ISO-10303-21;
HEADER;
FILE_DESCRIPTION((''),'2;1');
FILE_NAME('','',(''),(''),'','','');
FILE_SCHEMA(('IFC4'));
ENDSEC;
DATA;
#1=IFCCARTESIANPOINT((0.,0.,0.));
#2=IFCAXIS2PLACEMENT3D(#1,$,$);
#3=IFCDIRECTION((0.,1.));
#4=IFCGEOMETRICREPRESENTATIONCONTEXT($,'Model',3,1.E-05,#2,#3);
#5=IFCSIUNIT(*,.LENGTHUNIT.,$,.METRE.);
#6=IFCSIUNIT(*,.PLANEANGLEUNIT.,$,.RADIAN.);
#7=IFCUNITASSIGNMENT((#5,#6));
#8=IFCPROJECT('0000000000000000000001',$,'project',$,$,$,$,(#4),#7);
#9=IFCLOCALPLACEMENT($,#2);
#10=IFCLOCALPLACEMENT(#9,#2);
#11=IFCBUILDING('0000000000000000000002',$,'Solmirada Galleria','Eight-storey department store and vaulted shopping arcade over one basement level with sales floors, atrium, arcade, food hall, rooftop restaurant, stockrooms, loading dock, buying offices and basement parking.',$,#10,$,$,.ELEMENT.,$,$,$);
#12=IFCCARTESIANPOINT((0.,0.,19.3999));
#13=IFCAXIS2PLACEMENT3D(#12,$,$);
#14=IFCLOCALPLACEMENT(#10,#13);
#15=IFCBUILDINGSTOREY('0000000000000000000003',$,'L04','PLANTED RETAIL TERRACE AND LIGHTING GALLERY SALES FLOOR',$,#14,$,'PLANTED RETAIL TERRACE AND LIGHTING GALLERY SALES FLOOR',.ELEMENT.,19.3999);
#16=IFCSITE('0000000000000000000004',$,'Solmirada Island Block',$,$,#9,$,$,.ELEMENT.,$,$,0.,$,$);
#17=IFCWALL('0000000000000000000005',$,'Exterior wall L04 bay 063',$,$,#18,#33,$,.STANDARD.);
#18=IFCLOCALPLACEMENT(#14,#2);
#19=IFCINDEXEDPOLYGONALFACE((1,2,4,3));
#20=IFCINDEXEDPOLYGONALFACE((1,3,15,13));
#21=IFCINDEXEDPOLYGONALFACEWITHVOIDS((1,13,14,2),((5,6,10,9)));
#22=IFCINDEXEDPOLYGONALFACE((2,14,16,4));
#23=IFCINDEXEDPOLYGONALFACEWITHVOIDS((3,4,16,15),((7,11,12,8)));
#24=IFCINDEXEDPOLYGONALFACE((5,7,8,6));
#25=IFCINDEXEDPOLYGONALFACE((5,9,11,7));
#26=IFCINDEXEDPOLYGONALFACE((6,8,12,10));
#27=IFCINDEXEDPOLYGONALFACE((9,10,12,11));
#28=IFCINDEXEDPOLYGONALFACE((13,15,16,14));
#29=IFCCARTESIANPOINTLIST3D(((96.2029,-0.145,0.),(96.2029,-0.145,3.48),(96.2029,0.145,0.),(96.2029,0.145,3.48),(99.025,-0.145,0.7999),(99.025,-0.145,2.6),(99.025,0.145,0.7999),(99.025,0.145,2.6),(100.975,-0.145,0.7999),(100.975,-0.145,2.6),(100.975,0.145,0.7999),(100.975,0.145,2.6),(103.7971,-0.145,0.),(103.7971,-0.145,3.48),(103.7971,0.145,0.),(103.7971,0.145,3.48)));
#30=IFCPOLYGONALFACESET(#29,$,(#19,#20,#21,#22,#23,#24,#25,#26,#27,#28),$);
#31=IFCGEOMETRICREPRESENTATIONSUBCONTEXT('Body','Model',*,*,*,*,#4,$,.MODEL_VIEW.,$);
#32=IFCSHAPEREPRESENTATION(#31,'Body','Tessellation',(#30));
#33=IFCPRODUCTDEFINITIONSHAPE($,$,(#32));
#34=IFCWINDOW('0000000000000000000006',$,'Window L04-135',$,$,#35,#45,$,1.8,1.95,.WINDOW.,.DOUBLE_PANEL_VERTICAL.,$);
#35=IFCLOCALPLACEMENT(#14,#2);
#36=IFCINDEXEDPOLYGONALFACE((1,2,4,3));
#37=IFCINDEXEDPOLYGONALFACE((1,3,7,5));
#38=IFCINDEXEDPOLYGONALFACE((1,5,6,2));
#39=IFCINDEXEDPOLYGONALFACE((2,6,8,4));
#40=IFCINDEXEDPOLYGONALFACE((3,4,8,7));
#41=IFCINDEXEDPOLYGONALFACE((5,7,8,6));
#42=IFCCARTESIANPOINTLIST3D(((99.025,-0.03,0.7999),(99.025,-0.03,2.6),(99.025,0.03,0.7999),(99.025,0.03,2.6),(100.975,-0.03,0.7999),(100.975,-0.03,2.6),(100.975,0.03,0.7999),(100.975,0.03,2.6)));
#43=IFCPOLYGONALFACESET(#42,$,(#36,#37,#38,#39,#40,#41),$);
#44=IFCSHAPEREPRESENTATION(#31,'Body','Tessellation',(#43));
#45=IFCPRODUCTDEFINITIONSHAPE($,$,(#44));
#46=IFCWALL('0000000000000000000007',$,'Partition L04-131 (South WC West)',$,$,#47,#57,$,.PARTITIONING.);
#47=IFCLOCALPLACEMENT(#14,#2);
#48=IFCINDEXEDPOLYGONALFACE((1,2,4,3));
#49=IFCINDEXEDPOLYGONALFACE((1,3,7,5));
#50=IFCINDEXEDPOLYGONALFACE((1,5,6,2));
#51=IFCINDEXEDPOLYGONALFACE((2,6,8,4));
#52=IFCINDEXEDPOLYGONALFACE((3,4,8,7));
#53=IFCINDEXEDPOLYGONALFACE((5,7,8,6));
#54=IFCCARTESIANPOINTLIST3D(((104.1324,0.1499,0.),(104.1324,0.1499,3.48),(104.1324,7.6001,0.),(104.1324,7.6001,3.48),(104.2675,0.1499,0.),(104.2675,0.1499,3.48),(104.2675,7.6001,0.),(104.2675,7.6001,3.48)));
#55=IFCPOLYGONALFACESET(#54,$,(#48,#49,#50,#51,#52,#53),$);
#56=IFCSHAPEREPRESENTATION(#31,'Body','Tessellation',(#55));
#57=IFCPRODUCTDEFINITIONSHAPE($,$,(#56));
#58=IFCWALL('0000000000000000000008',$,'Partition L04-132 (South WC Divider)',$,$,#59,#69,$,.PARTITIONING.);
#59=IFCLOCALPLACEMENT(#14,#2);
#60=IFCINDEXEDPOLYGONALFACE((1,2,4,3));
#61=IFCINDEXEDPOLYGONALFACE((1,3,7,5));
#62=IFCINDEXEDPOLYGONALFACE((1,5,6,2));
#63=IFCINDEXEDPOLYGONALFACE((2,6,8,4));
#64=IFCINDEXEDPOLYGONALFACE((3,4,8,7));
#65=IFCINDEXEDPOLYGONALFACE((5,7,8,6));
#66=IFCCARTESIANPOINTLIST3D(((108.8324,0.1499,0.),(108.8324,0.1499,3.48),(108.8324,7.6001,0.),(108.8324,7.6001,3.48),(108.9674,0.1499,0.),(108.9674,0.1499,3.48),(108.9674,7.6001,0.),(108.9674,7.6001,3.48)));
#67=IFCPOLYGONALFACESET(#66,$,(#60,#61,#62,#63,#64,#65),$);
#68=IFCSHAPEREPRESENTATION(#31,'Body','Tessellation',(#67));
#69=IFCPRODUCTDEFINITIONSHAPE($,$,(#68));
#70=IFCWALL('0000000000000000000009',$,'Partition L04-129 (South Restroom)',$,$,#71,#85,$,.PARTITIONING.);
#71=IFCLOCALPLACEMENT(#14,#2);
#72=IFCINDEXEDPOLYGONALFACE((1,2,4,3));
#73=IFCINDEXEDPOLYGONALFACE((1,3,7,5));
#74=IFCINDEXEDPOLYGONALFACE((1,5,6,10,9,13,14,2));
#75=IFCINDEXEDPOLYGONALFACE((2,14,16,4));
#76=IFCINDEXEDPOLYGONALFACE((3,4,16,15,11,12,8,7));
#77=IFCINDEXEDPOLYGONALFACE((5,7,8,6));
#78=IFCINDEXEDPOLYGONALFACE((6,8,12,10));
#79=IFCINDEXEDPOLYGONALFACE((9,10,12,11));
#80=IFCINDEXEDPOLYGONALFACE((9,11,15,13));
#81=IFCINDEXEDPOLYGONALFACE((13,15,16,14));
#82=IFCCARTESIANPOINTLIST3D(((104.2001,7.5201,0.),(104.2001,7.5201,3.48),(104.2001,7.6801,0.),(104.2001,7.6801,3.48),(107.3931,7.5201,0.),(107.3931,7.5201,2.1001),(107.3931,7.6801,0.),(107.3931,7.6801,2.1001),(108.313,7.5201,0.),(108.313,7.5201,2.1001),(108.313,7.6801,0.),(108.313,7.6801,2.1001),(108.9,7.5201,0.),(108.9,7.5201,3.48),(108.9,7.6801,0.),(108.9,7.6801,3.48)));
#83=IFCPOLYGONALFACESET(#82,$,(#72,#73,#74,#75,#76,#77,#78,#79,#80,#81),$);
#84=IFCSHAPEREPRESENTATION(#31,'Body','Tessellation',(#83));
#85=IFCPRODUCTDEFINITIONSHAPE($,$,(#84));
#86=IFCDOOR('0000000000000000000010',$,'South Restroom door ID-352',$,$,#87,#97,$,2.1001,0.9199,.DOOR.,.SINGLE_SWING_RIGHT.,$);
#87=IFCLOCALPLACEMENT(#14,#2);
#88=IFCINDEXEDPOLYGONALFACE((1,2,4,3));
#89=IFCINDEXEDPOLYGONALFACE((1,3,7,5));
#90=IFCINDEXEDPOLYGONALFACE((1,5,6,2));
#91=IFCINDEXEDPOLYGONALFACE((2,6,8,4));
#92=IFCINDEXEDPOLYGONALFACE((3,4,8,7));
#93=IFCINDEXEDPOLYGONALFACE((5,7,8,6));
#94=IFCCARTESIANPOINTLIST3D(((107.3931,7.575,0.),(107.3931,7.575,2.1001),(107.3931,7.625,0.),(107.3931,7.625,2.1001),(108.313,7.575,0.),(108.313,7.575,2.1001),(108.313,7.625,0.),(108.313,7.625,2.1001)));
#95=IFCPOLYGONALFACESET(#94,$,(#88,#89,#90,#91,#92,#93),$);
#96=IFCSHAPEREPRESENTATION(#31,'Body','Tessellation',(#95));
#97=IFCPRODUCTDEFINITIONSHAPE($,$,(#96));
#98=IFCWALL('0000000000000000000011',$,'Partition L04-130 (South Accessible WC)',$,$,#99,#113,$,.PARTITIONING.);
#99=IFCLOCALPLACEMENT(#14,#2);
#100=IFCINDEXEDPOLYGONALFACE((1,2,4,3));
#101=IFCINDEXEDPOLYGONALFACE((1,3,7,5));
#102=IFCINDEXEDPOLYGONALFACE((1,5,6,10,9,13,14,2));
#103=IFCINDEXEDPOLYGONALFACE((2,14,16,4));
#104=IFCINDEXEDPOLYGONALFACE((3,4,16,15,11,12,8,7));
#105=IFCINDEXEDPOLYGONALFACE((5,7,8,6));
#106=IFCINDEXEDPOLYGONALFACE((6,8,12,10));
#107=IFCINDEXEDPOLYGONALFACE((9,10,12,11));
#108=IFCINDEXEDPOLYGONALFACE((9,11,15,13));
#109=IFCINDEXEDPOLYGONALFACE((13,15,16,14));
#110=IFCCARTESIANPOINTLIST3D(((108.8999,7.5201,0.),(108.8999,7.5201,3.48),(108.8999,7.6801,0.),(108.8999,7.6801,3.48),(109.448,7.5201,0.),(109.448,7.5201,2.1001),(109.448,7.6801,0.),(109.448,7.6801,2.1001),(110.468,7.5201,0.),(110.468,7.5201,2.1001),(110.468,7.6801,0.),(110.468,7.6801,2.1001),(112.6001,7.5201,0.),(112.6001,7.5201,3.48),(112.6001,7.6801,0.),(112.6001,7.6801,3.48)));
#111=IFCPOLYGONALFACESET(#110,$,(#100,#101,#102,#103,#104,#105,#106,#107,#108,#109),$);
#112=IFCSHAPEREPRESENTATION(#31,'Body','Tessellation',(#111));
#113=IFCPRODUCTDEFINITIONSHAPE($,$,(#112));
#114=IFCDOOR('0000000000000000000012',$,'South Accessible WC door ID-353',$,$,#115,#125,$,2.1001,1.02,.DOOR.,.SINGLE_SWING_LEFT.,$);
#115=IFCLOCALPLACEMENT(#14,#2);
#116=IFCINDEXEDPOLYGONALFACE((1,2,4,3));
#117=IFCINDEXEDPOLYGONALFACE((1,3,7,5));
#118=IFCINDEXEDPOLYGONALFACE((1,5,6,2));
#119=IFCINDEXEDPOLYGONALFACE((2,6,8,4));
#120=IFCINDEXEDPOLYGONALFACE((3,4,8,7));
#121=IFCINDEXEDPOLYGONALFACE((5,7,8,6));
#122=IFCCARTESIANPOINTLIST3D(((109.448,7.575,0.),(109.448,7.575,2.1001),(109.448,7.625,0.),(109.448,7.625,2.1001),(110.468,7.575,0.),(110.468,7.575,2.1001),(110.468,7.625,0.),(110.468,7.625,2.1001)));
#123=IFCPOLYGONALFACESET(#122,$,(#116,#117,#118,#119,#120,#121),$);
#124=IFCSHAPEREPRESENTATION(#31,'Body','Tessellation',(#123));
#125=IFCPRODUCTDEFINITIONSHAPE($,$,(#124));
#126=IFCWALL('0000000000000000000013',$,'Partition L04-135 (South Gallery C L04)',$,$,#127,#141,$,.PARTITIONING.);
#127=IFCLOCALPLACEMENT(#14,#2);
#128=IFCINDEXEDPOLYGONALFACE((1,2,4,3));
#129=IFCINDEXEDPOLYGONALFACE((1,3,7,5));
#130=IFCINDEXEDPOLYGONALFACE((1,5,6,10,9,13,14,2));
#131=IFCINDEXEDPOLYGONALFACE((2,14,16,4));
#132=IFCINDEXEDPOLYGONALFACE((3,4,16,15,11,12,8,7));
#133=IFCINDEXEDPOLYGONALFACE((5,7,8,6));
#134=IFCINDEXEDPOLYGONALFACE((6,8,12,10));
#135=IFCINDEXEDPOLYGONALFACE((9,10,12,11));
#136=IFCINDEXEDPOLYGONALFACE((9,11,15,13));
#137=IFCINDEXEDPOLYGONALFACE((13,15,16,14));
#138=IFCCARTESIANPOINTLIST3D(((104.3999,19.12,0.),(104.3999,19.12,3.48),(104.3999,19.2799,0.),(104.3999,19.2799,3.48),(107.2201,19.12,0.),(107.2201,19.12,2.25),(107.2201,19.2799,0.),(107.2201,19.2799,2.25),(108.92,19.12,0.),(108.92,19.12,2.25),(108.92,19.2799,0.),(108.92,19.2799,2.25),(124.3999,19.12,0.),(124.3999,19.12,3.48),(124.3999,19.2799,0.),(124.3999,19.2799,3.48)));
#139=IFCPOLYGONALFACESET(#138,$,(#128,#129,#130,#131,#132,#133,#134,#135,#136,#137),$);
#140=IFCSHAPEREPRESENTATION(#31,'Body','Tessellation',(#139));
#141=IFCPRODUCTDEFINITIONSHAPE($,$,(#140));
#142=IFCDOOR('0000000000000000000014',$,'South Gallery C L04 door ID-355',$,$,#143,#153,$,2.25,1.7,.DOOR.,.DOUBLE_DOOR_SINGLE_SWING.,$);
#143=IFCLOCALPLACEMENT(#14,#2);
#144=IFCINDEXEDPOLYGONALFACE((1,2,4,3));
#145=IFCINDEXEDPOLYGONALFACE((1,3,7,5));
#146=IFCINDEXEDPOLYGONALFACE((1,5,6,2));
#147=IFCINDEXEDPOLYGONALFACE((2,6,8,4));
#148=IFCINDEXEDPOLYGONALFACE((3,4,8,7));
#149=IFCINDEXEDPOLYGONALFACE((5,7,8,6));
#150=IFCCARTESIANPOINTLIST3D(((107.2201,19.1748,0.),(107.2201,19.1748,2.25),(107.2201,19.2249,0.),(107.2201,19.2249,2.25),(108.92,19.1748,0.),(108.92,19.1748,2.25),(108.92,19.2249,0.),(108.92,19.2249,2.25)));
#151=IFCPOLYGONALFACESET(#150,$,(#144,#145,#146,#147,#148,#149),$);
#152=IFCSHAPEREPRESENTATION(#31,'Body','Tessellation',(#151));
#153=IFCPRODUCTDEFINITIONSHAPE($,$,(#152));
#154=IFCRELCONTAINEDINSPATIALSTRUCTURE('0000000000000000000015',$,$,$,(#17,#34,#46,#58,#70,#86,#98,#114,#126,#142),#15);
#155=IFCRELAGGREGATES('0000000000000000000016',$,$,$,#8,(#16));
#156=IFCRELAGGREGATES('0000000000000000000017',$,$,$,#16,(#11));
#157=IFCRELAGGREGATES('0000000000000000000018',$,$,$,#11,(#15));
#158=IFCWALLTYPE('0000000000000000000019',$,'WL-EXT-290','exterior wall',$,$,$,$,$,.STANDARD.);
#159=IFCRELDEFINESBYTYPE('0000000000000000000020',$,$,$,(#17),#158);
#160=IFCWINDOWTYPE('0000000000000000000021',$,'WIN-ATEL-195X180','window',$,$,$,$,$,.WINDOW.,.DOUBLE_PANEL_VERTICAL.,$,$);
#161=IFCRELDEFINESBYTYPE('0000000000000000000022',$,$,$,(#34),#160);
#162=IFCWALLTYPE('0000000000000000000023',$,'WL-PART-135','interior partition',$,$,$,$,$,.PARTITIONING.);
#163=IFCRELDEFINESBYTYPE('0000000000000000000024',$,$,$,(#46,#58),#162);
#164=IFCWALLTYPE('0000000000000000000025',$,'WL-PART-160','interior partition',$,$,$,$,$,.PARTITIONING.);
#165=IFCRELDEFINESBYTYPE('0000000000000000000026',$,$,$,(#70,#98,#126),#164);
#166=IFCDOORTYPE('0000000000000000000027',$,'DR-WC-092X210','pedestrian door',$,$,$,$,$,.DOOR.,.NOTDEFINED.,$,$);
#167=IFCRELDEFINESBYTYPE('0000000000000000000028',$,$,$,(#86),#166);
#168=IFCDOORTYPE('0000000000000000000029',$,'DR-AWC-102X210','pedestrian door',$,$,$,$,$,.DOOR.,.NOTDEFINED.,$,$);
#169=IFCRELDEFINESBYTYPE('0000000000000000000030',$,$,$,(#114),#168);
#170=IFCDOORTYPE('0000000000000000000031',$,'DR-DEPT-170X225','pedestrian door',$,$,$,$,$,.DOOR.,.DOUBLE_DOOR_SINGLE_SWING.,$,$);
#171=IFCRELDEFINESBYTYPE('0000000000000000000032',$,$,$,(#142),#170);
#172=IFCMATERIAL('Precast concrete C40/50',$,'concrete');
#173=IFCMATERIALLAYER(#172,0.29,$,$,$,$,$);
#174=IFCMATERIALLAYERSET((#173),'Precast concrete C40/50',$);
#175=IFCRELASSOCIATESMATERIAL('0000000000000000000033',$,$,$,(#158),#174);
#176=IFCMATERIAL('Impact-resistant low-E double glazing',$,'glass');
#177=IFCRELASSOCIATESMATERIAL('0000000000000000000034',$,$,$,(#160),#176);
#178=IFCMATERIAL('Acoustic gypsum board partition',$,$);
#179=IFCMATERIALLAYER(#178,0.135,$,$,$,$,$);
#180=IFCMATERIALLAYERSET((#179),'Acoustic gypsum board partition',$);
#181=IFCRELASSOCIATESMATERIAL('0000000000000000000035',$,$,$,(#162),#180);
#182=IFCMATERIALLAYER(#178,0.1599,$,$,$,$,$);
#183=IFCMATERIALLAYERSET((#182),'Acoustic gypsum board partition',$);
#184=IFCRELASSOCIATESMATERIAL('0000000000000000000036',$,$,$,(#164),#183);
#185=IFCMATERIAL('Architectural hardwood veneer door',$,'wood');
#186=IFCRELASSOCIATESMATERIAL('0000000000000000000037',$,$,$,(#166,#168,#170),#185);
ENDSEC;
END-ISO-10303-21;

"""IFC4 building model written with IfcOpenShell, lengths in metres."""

from ifc_helpers import new_model, si_unit, direction, frame, frame_2d, origin, place, context, subcontext, project, spatial, rectangle, extrude, material, layer, layer_set, type_object, element, fill, save


model = new_model("IFC4")

# Units and contexts
model_context = context("Model", 3, precision=1e-05, world=origin(), true_north=direction((0.0, 1.0)))
body_context = subcontext(model_context, "Body", "Model", "MODEL_VIEW")
ifc_project = project(units=[si_unit("LENGTHUNIT", "METRE"), si_unit("PLANEANGLEUNIT", "RADIAN")], contexts=[model_context])

# Site, building, storey
site_placement = place(None, origin())
site = spatial("IfcSite", under=ifc_project, at=site_placement, Name="Solmirada Island Block", CompositionType="ELEMENT", RefElevation=0.0)
building_placement = place(site_placement, origin())
building = spatial("IfcBuilding", under=site, at=building_placement, Name="Solmirada Galleria", Description="Eight-storey department store and vaulted shopping arcade over one basement level with sales floors, atrium, arcade, food hall, rooftop restaurant, stockrooms, loading dock, buying offices and basement parking.", CompositionType="ELEMENT")
storey_placement = place(building_placement, frame((0.0, 0.0, 19.3999)))
storey = spatial("IfcBuildingStorey", under=building, at=storey_placement, Name="L04", Description="PLANTED RETAIL TERRACE AND LIGHTING GALLERY SALES FLOOR", LongName="PLANTED RETAIL TERRACE AND LIGHTING GALLERY SALES FLOOR", CompositionType="ELEMENT", Elevation=19.3999)

# Wall, opening, window
ifc_material_1 = material(Name="Precast concrete C40/50", Category="concrete")
ifc_layer_1 = layer(ifc_material_1, 0.29)
ifc_layer_set_1 = layer_set([ifc_layer_1], Name="Precast concrete C40/50")
wall_type_1 = type_object("IfcWallType", Name="WL-EXT-290", Description="exterior wall", PredefinedType="STANDARD", material=ifc_layer_set_1)
wall_1_placement = place(storey_placement, frame((103.7971, 0.0, 0.0), z_axis=(0.0, 0.0, 1.0), x_axis=(-1.0, 0.0, 0.0)))
wall_1 = element("IfcWall", 1, at=wall_1_placement, inside=storey, type_object=wall_type_1, Name="Exterior wall L04 bay 063", PredefinedType="STANDARD", context=body_context, shape_type="SweptSolid", body=[
    extrude(rectangle(XDim=7.5942, YDim=0.29, at=frame_2d((3.7971, 0.0))), origin(), (0.0, 0.0, 1.0), 3.48),
])
opening_1_placement = place(wall_1_placement, frame((2.822, 0.0, 0.8)))
opening_1 = element("IfcOpeningElement", 2, at=opening_1_placement, cuts=wall_1, PredefinedType="OPENING", context=body_context, shape_type="SweptSolid", body=[
    extrude(rectangle(XDim=1.95, YDim=1.8, at=frame_2d((0.9751, 0.8999))), frame((0.0, 0.155, 0.0), z_axis=(0.0, -1.0, 0.0), x_axis=(1.0, 0.0, 0.0)), (0.0, 0.0, 1.0), 0.3101),
])
ifc_material_2 = material(Name="Impact-resistant low-E double glazing", Category="glass")
window_type = type_object("IfcWindowType", Name="WIN-ATEL-195X180", Description="window", PartitioningType="DOUBLE_PANEL_VERTICAL", PredefinedType="WINDOW", material=ifc_material_2)
window_placement = place(opening_1_placement, origin())
window = element("IfcWindow", 3, at=window_placement, inside=storey, type_object=window_type, Name="Window L04-135", OverallHeight=1.8, OverallWidth=1.95, PartitioningType="DOUBLE_PANEL_VERTICAL", PredefinedType="WINDOW", context=body_context, shape_type="SweptSolid", body=[
    extrude(rectangle(XDim=1.95, YDim=1.8, at=frame_2d((0.9751, 0.8999))), frame((0.0, 0.03, 0.0), z_axis=(0.0, -1.0, 0.0), x_axis=(1.0, 0.0, 0.0)), (0.0, 0.0, 1.0), 0.0601),
])
fill(opening_1, window)

# Walls
ifc_material_3 = material(Name="Acoustic gypsum board partition")
ifc_layer_2 = layer(ifc_material_3, 0.135)
ifc_layer_set_2 = layer_set([ifc_layer_2], Name="Acoustic gypsum board partition")
wall_type_2 = type_object("IfcWallType", Name="WL-PART-135", Description="interior partition", PredefinedType="PARTITIONING", material=ifc_layer_set_2)
for number, where, z_axis, x_axis, name in (
    (4, (104.2, 0.1499, 0.0), (0.0, 0.0, 1.0), (0.0, 1.0, 0.0), "Partition L04-131 (South WC West)"),
    (5, (108.8999, 0.1499, 0.0), (0.0, 0.0, 1.0), (0.0, 1.0, 0.0), "Partition L04-132 (South WC Divider)"),
):
    element("IfcWall", number, at=place(storey_placement, frame(where, z_axis=z_axis, x_axis=x_axis)), inside=storey, type_object=wall_type_2, Name=name, PredefinedType="PARTITIONING", context=body_context, shape_type="SweptSolid", body=[
        extrude(rectangle(XDim=7.4502, YDim=0.135, at=frame_2d((3.7251, 0.0))), origin(), (0.0, 0.0, 1.0), 3.48),
    ])

# Walls, openings, doors
ifc_layer_3 = layer(ifc_material_3, 0.1599)
ifc_layer_set_3 = layer_set([ifc_layer_3], Name="Acoustic gypsum board partition")
wall_type_3 = type_object("IfcWallType", Name="WL-PART-160", Description="interior partition", PredefinedType="PARTITIONING", material=ifc_layer_set_3)
wall_2_placement = place(storey_placement, frame((104.2, 7.6001, 0.0), z_axis=(0.0, 0.0, 1.0), x_axis=(1.0, 0.0, 0.0)))
wall_2 = element("IfcWall", 6, at=wall_2_placement, inside=storey, type_object=wall_type_3, Name="Partition L04-129 (South Restroom)", PredefinedType="PARTITIONING", context=body_context, shape_type="SweptSolid", body=[
    extrude(rectangle(XDim=4.7, YDim=0.1599, at=frame_2d((2.3501, 0.0))), origin(), (0.0, 0.0, 1.0), 3.48),
])
opening_2_placement = place(wall_2_placement, frame((3.1931, 0.0, 0.0)))
opening_2 = element("IfcOpeningElement", 7, at=opening_2_placement, cuts=wall_2, PredefinedType="OPENING", context=body_context, shape_type="SweptSolid", body=[
    extrude(rectangle(XDim=0.9199, YDim=2.1001, at=frame_2d((0.46, 1.05))), frame((0.0, 0.0898, 0.0), z_axis=(0.0, -1.0, 0.0), x_axis=(1.0, 0.0, 0.0)), (0.0, 0.0, 1.0), 0.1799),
])
ifc_material_4 = material(Name="Architectural hardwood veneer door", Category="wood")
door_type_1 = type_object("IfcDoorType", Name="DR-WC-092X210", Description="pedestrian door", OperationType="NOTDEFINED", PredefinedType="DOOR", material=ifc_material_4)
door_1_placement = place(opening_2_placement, origin())
door_1 = element("IfcDoor", 8, at=door_1_placement, inside=storey, type_object=door_type_1, Name="South Restroom door ID-352", OperationType="SINGLE_SWING_RIGHT", OverallHeight=2.1001, OverallWidth=0.9199, PredefinedType="DOOR", context=body_context, shape_type="SweptSolid", body=[
    extrude(rectangle(XDim=0.9199, YDim=2.1001, at=frame_2d((0.46, 1.05))), frame((0.0, 0.0249, 0.0), z_axis=(0.0, -1.0, 0.0), x_axis=(1.0, 0.0, 0.0)), (0.0, 0.0, 1.0), 0.05),
])
fill(opening_2, door_1)
wall_3_placement = place(storey_placement, frame((108.8999, 7.6001, 0.0), z_axis=(0.0, 0.0, 1.0), x_axis=(1.0, 0.0, 0.0)))
wall_3 = element("IfcWall", 9, at=wall_3_placement, inside=storey, type_object=wall_type_3, Name="Partition L04-130 (South Accessible WC)", PredefinedType="PARTITIONING", context=body_context, shape_type="SweptSolid", body=[
    extrude(rectangle(XDim=3.7002, YDim=0.1599, at=frame_2d((1.8501, 0.0))), origin(), (0.0, 0.0, 1.0), 3.48),
])
opening_3_placement = place(wall_3_placement, frame((0.5481, 0.0, 0.0)))
opening_3 = element("IfcOpeningElement", 10, at=opening_3_placement, cuts=wall_3, PredefinedType="OPENING", context=body_context, shape_type="SweptSolid", body=[
    extrude(rectangle(XDim=1.02, YDim=2.1001, at=frame_2d((0.51, 1.05))), frame((0.0, 0.0898, 0.0), z_axis=(0.0, -1.0, 0.0), x_axis=(1.0, 0.0, 0.0)), (0.0, 0.0, 1.0), 0.1799),
])
door_type_2 = type_object("IfcDoorType", Name="DR-AWC-102X210", Description="pedestrian door", OperationType="NOTDEFINED", PredefinedType="DOOR", material=ifc_material_4)
door_2_placement = place(opening_3_placement, origin())
door_2 = element("IfcDoor", 11, at=door_2_placement, inside=storey, type_object=door_type_2, Name="South Accessible WC door ID-353", OperationType="SINGLE_SWING_LEFT", OverallHeight=2.1001, OverallWidth=1.02, PredefinedType="DOOR", context=body_context, shape_type="SweptSolid", body=[
    extrude(rectangle(XDim=1.02, YDim=2.1001, at=frame_2d((0.51, 1.05))), frame((0.0, 0.0249, 0.0), z_axis=(0.0, -1.0, 0.0), x_axis=(1.0, 0.0, 0.0)), (0.0, 0.0, 1.0), 0.05),
])
fill(opening_3, door_2)
wall_4_placement = place(storey_placement, frame((104.3999, 19.2, 0.0), z_axis=(0.0, 0.0, 1.0), x_axis=(1.0, 0.0, 0.0)))
wall_4 = element("IfcWall", 12, at=wall_4_placement, inside=storey, type_object=wall_type_3, Name="Partition L04-135 (South Gallery C L04)", PredefinedType="PARTITIONING", context=body_context, shape_type="SweptSolid", body=[
    extrude(rectangle(XDim=20.0, YDim=0.1599, at=frame_2d((10.0, 0.0))), origin(), (0.0, 0.0, 1.0), 3.48),
])
opening_4_placement = place(wall_4_placement, frame((2.8201, 0.0, 0.0)))
opening_4 = element("IfcOpeningElement", 13, at=opening_4_placement, cuts=wall_4, PredefinedType="OPENING", context=body_context, shape_type="SweptSolid", body=[
    extrude(rectangle(XDim=1.7, YDim=2.25, at=frame_2d((0.8501, 1.125))), frame((0.0, 0.0898, 0.0), z_axis=(0.0, -1.0, 0.0), x_axis=(1.0, 0.0, 0.0)), (0.0, 0.0, 1.0), 0.1799),
])
door_type_3 = type_object("IfcDoorType", Name="DR-DEPT-170X225", Description="pedestrian door", OperationType="DOUBLE_DOOR_SINGLE_SWING", PredefinedType="DOOR", material=ifc_material_4)
door_3_placement = place(opening_4_placement, origin())
door_3 = element("IfcDoor", 14, at=door_3_placement, inside=storey, type_object=door_type_3, Name="South Gallery C L04 door ID-355", OperationType="DOUBLE_DOOR_SINGLE_SWING", OverallHeight=2.25, OverallWidth=1.7, PredefinedType="DOOR", context=body_context, shape_type="SweptSolid", body=[
    extrude(rectangle(XDim=1.7, YDim=2.25, at=frame_2d((0.8501, 1.125))), frame((0.0, 0.0249, 0.0), z_axis=(0.0, -1.0, 0.0), x_axis=(1.0, 0.0, 0.0)), (0.0, 0.0, 1.0), 0.05),
])
fill(opening_4, door_3)

save(model, "model.ifc")
